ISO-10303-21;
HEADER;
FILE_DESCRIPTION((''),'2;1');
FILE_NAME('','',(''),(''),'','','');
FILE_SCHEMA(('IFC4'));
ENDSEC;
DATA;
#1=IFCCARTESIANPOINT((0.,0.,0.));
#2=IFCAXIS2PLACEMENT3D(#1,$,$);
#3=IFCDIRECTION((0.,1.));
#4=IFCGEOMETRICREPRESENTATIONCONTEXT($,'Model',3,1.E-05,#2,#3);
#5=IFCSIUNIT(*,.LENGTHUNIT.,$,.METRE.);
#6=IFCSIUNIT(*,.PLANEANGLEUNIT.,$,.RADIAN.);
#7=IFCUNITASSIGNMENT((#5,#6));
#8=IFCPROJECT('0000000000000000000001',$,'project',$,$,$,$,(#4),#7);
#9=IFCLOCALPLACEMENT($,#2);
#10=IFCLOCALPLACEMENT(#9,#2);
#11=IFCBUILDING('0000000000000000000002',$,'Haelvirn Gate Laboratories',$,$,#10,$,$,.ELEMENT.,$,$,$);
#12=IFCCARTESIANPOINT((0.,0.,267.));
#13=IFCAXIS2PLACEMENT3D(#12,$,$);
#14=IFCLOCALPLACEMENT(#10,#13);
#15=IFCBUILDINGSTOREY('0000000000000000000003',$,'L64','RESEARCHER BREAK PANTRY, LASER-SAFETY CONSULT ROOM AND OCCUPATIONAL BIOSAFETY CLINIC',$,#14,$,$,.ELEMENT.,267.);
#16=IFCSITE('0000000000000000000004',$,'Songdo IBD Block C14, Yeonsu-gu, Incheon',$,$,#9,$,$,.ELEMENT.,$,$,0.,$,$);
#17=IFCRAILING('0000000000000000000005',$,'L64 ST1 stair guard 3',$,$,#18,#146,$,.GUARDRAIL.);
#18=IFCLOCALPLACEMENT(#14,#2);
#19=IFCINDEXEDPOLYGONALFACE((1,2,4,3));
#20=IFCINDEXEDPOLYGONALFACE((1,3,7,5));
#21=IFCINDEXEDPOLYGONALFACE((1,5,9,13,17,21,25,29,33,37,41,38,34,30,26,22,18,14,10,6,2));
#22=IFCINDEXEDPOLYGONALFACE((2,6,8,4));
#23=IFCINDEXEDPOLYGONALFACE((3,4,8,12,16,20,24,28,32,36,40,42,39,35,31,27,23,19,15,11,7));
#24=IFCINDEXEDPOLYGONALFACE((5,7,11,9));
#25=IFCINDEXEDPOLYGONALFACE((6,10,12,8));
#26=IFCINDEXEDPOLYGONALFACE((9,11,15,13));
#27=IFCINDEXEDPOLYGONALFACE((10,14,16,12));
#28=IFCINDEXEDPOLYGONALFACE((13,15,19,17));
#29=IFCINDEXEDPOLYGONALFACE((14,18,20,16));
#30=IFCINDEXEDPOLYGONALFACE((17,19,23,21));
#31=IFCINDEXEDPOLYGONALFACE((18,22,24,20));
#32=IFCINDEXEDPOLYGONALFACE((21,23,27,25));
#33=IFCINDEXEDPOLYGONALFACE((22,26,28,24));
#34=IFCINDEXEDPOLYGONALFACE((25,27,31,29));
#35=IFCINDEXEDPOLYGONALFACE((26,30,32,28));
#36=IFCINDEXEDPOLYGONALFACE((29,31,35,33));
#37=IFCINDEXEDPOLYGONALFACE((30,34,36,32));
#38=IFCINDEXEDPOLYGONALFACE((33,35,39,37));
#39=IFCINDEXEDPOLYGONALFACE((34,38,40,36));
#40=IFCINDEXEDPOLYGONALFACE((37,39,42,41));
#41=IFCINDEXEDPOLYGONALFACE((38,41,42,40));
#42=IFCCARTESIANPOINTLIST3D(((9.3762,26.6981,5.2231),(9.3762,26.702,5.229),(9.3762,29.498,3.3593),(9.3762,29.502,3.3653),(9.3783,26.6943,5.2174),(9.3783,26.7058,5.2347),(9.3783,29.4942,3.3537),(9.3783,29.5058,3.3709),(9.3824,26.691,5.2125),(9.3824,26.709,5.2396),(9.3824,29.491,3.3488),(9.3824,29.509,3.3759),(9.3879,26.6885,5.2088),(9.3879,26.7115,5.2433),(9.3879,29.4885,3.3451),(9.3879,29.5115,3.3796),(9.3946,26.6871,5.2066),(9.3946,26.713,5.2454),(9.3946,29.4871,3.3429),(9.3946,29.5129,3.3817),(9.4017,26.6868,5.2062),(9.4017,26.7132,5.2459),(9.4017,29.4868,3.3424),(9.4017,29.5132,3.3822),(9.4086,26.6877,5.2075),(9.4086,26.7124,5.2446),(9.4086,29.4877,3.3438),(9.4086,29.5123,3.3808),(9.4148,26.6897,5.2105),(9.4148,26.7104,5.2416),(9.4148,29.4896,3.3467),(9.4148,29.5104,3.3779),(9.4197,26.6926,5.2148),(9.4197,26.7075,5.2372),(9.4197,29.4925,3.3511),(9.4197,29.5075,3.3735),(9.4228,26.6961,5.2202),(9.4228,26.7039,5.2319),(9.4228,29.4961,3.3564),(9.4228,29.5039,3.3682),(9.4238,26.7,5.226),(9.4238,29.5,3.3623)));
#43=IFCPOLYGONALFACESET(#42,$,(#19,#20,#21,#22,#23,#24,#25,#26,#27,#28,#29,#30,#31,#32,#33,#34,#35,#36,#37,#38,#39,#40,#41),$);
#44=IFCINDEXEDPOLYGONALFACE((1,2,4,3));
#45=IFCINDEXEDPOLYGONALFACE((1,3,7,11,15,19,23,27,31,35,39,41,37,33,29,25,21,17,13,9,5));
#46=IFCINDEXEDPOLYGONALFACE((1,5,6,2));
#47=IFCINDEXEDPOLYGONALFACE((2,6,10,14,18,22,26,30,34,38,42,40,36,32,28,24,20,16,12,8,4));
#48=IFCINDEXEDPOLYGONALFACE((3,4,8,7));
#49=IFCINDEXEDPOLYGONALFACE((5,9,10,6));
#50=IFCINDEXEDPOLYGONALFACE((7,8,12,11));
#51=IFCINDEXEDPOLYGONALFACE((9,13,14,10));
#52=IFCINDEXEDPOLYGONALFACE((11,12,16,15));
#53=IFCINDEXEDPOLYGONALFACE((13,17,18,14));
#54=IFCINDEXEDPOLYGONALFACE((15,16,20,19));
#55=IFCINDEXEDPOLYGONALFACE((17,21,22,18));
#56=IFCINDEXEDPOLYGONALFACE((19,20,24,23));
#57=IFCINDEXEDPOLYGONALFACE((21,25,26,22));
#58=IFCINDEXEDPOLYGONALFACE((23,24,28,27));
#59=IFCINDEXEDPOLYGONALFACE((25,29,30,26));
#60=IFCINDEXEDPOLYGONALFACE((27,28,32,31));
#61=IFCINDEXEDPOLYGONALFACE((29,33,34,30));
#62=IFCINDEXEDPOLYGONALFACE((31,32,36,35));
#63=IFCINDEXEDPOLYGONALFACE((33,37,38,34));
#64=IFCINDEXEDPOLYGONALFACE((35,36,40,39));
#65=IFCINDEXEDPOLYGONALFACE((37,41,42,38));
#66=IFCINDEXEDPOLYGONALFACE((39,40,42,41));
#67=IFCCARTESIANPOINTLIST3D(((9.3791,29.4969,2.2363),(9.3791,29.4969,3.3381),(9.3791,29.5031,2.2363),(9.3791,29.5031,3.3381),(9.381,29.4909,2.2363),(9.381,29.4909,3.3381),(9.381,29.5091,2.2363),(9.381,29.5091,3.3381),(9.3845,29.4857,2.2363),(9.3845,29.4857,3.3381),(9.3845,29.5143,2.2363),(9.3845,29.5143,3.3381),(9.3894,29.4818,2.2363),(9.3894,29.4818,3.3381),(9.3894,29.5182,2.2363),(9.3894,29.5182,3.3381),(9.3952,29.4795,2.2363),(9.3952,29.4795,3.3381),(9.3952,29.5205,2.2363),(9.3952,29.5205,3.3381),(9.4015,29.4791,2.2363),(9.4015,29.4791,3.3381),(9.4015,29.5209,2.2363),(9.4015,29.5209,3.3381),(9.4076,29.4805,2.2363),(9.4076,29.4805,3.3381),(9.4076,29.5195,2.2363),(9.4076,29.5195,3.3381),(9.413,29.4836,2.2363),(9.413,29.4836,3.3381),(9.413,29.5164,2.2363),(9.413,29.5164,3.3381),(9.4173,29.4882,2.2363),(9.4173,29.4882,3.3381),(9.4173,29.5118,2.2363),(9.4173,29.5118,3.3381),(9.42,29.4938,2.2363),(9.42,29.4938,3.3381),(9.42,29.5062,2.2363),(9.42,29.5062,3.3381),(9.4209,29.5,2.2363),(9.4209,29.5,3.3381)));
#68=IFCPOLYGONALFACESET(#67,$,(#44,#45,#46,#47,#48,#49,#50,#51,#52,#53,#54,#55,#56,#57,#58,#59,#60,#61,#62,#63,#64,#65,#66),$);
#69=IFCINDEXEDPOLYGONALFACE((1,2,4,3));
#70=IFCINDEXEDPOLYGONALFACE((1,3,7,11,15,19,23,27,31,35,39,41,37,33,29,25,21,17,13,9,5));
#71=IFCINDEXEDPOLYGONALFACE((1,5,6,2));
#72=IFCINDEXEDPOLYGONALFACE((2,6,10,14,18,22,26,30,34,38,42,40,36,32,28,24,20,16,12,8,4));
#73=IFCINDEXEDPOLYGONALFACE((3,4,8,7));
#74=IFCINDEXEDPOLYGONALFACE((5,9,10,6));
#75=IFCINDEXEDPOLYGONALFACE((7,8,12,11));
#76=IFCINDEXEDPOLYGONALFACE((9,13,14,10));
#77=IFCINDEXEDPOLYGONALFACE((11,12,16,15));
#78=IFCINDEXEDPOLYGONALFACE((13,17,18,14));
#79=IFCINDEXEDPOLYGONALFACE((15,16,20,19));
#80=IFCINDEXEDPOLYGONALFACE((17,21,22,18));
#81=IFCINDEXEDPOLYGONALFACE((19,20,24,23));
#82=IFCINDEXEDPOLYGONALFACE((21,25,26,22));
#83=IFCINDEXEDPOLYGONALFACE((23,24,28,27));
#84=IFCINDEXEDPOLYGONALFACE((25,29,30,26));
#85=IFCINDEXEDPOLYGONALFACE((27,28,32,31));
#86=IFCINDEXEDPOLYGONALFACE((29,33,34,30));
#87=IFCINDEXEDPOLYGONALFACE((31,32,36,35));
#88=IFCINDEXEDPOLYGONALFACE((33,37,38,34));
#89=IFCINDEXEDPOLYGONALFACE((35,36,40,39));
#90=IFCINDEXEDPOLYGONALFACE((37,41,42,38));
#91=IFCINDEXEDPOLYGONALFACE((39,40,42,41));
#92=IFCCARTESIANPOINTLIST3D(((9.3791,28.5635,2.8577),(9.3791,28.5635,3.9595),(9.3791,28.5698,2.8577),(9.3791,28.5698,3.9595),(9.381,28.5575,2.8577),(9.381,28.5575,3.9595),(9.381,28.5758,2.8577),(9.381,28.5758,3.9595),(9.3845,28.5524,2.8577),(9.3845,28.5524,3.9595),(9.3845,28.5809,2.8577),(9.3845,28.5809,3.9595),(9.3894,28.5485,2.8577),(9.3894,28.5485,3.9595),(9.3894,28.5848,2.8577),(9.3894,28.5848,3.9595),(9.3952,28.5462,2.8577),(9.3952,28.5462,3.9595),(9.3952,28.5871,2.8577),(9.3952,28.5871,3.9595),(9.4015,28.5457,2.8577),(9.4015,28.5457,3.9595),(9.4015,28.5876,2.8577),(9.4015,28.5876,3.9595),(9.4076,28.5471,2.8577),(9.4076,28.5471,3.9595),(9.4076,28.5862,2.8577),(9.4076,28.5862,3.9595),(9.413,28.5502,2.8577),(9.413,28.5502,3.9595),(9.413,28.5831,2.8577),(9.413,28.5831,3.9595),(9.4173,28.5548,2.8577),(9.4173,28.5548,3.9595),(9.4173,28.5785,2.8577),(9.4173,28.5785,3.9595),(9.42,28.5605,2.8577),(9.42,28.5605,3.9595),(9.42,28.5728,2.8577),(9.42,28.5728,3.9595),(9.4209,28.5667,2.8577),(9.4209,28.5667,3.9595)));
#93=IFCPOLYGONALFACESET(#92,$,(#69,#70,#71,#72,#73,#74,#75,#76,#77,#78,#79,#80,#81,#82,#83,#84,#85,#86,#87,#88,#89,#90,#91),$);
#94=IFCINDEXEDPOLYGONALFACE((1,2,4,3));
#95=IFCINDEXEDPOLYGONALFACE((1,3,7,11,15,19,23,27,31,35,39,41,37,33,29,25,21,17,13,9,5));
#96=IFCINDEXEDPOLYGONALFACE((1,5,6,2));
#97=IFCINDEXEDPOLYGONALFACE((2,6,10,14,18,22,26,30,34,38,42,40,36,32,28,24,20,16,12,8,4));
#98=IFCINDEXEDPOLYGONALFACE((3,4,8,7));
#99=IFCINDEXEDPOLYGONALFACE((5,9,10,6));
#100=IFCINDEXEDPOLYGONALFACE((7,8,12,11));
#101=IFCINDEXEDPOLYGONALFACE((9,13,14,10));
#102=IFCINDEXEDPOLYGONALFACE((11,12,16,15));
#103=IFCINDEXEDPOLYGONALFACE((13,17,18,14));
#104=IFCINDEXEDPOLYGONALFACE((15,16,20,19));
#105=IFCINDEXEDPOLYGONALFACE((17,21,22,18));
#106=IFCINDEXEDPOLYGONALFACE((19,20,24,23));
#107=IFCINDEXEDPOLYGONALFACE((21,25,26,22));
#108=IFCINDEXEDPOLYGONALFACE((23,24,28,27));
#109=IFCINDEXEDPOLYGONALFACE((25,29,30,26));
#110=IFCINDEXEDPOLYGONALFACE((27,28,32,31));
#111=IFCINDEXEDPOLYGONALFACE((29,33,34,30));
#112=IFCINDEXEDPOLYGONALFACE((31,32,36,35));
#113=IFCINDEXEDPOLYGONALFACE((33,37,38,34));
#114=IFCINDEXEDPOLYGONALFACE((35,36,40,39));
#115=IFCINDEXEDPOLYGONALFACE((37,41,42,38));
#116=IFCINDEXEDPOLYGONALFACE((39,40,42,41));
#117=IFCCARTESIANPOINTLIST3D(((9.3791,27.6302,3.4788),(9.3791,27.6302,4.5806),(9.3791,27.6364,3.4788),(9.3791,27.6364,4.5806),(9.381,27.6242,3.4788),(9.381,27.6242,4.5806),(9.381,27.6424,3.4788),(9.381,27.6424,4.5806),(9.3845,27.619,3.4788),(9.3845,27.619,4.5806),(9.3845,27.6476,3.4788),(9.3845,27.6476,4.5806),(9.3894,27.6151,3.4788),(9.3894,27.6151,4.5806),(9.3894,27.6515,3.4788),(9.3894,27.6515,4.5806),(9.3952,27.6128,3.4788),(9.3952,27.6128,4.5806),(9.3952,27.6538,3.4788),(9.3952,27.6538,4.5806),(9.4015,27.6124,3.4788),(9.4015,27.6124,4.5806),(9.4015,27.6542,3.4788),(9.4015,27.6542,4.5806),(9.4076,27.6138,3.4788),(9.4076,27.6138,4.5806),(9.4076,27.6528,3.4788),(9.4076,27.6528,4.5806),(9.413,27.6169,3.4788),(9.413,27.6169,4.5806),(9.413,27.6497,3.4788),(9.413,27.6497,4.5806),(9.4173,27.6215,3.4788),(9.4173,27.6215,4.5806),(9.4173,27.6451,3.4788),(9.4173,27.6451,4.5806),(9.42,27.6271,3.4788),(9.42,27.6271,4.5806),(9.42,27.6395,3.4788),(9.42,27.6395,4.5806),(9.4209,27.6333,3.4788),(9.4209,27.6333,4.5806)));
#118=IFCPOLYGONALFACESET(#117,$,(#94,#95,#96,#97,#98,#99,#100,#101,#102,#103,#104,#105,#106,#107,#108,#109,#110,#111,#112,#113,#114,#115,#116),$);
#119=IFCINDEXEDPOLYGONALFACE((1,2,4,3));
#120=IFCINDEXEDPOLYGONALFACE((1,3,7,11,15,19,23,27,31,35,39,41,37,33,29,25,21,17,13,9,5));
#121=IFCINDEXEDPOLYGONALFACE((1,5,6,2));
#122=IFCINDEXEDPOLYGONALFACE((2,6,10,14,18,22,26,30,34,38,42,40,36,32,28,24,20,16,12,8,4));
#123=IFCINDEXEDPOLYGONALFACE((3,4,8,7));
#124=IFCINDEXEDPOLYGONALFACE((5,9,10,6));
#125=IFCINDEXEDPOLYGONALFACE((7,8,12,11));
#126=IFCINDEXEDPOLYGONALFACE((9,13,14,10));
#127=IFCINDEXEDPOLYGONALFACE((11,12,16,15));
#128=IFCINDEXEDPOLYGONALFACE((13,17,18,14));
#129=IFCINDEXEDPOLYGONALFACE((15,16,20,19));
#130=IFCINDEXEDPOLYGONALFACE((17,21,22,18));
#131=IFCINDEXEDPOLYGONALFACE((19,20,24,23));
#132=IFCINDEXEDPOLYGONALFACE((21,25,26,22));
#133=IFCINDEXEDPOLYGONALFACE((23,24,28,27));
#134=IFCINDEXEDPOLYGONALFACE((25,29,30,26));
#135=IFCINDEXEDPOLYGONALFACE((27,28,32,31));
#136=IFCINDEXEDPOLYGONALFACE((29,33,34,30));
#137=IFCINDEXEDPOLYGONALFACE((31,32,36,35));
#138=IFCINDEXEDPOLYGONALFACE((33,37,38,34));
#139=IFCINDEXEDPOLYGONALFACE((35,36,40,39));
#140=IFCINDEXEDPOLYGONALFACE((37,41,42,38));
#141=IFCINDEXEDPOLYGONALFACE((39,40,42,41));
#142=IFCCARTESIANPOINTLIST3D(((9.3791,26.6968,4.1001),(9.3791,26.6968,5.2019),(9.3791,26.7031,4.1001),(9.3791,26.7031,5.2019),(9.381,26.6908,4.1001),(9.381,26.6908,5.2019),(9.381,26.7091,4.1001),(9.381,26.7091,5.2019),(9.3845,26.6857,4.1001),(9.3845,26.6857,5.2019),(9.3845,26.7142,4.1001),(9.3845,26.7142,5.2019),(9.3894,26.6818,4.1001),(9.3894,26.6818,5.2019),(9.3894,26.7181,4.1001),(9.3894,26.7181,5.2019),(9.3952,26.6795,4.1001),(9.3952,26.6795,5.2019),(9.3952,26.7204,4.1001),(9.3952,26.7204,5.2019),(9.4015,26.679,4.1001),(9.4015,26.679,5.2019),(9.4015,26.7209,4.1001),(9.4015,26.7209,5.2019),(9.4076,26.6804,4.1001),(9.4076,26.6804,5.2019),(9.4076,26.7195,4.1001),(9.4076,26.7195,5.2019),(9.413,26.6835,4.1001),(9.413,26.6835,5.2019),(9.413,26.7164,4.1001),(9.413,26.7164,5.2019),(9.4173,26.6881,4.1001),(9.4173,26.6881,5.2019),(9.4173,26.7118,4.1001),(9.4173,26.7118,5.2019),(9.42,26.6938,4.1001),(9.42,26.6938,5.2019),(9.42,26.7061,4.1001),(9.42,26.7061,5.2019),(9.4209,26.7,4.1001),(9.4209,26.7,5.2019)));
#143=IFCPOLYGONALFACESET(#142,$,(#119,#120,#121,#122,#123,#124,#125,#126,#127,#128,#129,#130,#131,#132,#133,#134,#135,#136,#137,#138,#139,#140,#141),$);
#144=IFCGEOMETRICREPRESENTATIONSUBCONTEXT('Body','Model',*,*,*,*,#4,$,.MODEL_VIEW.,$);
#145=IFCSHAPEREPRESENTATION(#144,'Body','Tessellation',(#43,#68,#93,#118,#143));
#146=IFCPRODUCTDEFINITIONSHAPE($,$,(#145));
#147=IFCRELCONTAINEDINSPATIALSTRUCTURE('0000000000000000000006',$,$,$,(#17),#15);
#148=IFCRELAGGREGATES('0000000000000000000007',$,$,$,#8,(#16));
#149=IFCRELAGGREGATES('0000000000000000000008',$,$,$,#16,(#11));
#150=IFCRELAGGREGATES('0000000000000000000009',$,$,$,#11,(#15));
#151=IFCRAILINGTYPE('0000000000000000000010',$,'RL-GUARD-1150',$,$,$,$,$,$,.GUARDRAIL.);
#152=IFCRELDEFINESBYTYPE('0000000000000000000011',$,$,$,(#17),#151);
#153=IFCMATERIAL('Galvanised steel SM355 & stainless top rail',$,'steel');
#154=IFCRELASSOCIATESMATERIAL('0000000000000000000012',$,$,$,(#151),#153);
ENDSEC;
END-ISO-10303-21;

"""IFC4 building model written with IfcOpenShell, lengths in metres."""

from ifc_helpers import new_model, si_unit, direction, frame, origin, origin_2d, place, context, subcontext, project, spatial, circle, extrude, source, transform, mapped, material, type_object, element, save


model = new_model("IFC4")

# Units and contexts
model_context = context("Model", 3, precision=1e-05, world=origin(), true_north=direction((0.0, 1.0)))
body_context = subcontext(model_context, "Body", "Model", "MODEL_VIEW")
ifc_project = project(units=[si_unit("LENGTHUNIT", "METRE"), si_unit("PLANEANGLEUNIT", "RADIAN")], contexts=[model_context])

# Site, building, storey
site_placement = place(None, origin())
site = spatial("IfcSite", under=ifc_project, at=site_placement, Name="Songdo IBD Block C14, Yeonsu-gu, Incheon", CompositionType="ELEMENT", RefElevation=0.0)
building_placement = place(site_placement, origin())
building = spatial("IfcBuilding", under=site, at=building_placement, Name="Haelvirn Gate Laboratories", CompositionType="ELEMENT")
storey_placement = place(building_placement, frame((0.0, 0.0, 267.0)))
storey = spatial("IfcBuildingStorey", under=building, at=storey_placement, Name="L64", Description="RESEARCHER BREAK PANTRY, LASER-SAFETY CONSULT ROOM AND OCCUPATIONAL BIOSAFETY CLINIC", CompositionType="ELEMENT", Elevation=267.0)

# Railing
ifc_material_1 = material(Name="Galvanised steel SM355 & stainless top rail", Category="steel")
railing_type_1 = type_object("IfcRailingType", Name="RL-GUARD-1150", PredefinedType="GUARDRAIL", material=ifc_material_1)
shared_shape_1 = source(origin(), body_context, "Body", "SweptSolid", [
    extrude(circle(Radius=0.0239, at=origin_2d()), frame((0.0, 0.0, 1.126), z_axis=(0.0, -0.832452, 0.554097), x_axis=(1.0, 0.0, 0.0)), (0.0, 0.0, 1.0), 3.3635),
    extrude(circle(Radius=0.021, at=origin_2d()), origin(), (0.0, 0.0, 1.0), 1.1018),
    extrude(circle(Radius=0.021, at=origin_2d()), frame((0.0, -0.9333, 0.6213)), (0.0, 0.0, 1.0), 1.1018),
    extrude(circle(Radius=0.021, at=origin_2d()), frame((0.0, -1.8667, 1.2424)), (0.0, 0.0, 1.0), 1.1018),
    extrude(circle(Radius=0.021, at=origin_2d()), frame((0.0, -2.8, 1.8638)), (0.0, 0.0, 1.0), 1.1018),
])
railing_1_placement = place(storey_placement, frame((9.3999, 29.5, 2.2363)))
element("IfcRailing", 1, at=railing_1_placement, inside=storey, type_object=railing_type_1, Name="L64 ST1 stair guard 3", PredefinedType="GUARDRAIL", context=body_context, shape_type="MappedRepresentation", body=[
    mapped(shared_shape_1, transform((0.0, 0.0, 0.0), scale=1.0)),
])

save(model, "model.ifc")
